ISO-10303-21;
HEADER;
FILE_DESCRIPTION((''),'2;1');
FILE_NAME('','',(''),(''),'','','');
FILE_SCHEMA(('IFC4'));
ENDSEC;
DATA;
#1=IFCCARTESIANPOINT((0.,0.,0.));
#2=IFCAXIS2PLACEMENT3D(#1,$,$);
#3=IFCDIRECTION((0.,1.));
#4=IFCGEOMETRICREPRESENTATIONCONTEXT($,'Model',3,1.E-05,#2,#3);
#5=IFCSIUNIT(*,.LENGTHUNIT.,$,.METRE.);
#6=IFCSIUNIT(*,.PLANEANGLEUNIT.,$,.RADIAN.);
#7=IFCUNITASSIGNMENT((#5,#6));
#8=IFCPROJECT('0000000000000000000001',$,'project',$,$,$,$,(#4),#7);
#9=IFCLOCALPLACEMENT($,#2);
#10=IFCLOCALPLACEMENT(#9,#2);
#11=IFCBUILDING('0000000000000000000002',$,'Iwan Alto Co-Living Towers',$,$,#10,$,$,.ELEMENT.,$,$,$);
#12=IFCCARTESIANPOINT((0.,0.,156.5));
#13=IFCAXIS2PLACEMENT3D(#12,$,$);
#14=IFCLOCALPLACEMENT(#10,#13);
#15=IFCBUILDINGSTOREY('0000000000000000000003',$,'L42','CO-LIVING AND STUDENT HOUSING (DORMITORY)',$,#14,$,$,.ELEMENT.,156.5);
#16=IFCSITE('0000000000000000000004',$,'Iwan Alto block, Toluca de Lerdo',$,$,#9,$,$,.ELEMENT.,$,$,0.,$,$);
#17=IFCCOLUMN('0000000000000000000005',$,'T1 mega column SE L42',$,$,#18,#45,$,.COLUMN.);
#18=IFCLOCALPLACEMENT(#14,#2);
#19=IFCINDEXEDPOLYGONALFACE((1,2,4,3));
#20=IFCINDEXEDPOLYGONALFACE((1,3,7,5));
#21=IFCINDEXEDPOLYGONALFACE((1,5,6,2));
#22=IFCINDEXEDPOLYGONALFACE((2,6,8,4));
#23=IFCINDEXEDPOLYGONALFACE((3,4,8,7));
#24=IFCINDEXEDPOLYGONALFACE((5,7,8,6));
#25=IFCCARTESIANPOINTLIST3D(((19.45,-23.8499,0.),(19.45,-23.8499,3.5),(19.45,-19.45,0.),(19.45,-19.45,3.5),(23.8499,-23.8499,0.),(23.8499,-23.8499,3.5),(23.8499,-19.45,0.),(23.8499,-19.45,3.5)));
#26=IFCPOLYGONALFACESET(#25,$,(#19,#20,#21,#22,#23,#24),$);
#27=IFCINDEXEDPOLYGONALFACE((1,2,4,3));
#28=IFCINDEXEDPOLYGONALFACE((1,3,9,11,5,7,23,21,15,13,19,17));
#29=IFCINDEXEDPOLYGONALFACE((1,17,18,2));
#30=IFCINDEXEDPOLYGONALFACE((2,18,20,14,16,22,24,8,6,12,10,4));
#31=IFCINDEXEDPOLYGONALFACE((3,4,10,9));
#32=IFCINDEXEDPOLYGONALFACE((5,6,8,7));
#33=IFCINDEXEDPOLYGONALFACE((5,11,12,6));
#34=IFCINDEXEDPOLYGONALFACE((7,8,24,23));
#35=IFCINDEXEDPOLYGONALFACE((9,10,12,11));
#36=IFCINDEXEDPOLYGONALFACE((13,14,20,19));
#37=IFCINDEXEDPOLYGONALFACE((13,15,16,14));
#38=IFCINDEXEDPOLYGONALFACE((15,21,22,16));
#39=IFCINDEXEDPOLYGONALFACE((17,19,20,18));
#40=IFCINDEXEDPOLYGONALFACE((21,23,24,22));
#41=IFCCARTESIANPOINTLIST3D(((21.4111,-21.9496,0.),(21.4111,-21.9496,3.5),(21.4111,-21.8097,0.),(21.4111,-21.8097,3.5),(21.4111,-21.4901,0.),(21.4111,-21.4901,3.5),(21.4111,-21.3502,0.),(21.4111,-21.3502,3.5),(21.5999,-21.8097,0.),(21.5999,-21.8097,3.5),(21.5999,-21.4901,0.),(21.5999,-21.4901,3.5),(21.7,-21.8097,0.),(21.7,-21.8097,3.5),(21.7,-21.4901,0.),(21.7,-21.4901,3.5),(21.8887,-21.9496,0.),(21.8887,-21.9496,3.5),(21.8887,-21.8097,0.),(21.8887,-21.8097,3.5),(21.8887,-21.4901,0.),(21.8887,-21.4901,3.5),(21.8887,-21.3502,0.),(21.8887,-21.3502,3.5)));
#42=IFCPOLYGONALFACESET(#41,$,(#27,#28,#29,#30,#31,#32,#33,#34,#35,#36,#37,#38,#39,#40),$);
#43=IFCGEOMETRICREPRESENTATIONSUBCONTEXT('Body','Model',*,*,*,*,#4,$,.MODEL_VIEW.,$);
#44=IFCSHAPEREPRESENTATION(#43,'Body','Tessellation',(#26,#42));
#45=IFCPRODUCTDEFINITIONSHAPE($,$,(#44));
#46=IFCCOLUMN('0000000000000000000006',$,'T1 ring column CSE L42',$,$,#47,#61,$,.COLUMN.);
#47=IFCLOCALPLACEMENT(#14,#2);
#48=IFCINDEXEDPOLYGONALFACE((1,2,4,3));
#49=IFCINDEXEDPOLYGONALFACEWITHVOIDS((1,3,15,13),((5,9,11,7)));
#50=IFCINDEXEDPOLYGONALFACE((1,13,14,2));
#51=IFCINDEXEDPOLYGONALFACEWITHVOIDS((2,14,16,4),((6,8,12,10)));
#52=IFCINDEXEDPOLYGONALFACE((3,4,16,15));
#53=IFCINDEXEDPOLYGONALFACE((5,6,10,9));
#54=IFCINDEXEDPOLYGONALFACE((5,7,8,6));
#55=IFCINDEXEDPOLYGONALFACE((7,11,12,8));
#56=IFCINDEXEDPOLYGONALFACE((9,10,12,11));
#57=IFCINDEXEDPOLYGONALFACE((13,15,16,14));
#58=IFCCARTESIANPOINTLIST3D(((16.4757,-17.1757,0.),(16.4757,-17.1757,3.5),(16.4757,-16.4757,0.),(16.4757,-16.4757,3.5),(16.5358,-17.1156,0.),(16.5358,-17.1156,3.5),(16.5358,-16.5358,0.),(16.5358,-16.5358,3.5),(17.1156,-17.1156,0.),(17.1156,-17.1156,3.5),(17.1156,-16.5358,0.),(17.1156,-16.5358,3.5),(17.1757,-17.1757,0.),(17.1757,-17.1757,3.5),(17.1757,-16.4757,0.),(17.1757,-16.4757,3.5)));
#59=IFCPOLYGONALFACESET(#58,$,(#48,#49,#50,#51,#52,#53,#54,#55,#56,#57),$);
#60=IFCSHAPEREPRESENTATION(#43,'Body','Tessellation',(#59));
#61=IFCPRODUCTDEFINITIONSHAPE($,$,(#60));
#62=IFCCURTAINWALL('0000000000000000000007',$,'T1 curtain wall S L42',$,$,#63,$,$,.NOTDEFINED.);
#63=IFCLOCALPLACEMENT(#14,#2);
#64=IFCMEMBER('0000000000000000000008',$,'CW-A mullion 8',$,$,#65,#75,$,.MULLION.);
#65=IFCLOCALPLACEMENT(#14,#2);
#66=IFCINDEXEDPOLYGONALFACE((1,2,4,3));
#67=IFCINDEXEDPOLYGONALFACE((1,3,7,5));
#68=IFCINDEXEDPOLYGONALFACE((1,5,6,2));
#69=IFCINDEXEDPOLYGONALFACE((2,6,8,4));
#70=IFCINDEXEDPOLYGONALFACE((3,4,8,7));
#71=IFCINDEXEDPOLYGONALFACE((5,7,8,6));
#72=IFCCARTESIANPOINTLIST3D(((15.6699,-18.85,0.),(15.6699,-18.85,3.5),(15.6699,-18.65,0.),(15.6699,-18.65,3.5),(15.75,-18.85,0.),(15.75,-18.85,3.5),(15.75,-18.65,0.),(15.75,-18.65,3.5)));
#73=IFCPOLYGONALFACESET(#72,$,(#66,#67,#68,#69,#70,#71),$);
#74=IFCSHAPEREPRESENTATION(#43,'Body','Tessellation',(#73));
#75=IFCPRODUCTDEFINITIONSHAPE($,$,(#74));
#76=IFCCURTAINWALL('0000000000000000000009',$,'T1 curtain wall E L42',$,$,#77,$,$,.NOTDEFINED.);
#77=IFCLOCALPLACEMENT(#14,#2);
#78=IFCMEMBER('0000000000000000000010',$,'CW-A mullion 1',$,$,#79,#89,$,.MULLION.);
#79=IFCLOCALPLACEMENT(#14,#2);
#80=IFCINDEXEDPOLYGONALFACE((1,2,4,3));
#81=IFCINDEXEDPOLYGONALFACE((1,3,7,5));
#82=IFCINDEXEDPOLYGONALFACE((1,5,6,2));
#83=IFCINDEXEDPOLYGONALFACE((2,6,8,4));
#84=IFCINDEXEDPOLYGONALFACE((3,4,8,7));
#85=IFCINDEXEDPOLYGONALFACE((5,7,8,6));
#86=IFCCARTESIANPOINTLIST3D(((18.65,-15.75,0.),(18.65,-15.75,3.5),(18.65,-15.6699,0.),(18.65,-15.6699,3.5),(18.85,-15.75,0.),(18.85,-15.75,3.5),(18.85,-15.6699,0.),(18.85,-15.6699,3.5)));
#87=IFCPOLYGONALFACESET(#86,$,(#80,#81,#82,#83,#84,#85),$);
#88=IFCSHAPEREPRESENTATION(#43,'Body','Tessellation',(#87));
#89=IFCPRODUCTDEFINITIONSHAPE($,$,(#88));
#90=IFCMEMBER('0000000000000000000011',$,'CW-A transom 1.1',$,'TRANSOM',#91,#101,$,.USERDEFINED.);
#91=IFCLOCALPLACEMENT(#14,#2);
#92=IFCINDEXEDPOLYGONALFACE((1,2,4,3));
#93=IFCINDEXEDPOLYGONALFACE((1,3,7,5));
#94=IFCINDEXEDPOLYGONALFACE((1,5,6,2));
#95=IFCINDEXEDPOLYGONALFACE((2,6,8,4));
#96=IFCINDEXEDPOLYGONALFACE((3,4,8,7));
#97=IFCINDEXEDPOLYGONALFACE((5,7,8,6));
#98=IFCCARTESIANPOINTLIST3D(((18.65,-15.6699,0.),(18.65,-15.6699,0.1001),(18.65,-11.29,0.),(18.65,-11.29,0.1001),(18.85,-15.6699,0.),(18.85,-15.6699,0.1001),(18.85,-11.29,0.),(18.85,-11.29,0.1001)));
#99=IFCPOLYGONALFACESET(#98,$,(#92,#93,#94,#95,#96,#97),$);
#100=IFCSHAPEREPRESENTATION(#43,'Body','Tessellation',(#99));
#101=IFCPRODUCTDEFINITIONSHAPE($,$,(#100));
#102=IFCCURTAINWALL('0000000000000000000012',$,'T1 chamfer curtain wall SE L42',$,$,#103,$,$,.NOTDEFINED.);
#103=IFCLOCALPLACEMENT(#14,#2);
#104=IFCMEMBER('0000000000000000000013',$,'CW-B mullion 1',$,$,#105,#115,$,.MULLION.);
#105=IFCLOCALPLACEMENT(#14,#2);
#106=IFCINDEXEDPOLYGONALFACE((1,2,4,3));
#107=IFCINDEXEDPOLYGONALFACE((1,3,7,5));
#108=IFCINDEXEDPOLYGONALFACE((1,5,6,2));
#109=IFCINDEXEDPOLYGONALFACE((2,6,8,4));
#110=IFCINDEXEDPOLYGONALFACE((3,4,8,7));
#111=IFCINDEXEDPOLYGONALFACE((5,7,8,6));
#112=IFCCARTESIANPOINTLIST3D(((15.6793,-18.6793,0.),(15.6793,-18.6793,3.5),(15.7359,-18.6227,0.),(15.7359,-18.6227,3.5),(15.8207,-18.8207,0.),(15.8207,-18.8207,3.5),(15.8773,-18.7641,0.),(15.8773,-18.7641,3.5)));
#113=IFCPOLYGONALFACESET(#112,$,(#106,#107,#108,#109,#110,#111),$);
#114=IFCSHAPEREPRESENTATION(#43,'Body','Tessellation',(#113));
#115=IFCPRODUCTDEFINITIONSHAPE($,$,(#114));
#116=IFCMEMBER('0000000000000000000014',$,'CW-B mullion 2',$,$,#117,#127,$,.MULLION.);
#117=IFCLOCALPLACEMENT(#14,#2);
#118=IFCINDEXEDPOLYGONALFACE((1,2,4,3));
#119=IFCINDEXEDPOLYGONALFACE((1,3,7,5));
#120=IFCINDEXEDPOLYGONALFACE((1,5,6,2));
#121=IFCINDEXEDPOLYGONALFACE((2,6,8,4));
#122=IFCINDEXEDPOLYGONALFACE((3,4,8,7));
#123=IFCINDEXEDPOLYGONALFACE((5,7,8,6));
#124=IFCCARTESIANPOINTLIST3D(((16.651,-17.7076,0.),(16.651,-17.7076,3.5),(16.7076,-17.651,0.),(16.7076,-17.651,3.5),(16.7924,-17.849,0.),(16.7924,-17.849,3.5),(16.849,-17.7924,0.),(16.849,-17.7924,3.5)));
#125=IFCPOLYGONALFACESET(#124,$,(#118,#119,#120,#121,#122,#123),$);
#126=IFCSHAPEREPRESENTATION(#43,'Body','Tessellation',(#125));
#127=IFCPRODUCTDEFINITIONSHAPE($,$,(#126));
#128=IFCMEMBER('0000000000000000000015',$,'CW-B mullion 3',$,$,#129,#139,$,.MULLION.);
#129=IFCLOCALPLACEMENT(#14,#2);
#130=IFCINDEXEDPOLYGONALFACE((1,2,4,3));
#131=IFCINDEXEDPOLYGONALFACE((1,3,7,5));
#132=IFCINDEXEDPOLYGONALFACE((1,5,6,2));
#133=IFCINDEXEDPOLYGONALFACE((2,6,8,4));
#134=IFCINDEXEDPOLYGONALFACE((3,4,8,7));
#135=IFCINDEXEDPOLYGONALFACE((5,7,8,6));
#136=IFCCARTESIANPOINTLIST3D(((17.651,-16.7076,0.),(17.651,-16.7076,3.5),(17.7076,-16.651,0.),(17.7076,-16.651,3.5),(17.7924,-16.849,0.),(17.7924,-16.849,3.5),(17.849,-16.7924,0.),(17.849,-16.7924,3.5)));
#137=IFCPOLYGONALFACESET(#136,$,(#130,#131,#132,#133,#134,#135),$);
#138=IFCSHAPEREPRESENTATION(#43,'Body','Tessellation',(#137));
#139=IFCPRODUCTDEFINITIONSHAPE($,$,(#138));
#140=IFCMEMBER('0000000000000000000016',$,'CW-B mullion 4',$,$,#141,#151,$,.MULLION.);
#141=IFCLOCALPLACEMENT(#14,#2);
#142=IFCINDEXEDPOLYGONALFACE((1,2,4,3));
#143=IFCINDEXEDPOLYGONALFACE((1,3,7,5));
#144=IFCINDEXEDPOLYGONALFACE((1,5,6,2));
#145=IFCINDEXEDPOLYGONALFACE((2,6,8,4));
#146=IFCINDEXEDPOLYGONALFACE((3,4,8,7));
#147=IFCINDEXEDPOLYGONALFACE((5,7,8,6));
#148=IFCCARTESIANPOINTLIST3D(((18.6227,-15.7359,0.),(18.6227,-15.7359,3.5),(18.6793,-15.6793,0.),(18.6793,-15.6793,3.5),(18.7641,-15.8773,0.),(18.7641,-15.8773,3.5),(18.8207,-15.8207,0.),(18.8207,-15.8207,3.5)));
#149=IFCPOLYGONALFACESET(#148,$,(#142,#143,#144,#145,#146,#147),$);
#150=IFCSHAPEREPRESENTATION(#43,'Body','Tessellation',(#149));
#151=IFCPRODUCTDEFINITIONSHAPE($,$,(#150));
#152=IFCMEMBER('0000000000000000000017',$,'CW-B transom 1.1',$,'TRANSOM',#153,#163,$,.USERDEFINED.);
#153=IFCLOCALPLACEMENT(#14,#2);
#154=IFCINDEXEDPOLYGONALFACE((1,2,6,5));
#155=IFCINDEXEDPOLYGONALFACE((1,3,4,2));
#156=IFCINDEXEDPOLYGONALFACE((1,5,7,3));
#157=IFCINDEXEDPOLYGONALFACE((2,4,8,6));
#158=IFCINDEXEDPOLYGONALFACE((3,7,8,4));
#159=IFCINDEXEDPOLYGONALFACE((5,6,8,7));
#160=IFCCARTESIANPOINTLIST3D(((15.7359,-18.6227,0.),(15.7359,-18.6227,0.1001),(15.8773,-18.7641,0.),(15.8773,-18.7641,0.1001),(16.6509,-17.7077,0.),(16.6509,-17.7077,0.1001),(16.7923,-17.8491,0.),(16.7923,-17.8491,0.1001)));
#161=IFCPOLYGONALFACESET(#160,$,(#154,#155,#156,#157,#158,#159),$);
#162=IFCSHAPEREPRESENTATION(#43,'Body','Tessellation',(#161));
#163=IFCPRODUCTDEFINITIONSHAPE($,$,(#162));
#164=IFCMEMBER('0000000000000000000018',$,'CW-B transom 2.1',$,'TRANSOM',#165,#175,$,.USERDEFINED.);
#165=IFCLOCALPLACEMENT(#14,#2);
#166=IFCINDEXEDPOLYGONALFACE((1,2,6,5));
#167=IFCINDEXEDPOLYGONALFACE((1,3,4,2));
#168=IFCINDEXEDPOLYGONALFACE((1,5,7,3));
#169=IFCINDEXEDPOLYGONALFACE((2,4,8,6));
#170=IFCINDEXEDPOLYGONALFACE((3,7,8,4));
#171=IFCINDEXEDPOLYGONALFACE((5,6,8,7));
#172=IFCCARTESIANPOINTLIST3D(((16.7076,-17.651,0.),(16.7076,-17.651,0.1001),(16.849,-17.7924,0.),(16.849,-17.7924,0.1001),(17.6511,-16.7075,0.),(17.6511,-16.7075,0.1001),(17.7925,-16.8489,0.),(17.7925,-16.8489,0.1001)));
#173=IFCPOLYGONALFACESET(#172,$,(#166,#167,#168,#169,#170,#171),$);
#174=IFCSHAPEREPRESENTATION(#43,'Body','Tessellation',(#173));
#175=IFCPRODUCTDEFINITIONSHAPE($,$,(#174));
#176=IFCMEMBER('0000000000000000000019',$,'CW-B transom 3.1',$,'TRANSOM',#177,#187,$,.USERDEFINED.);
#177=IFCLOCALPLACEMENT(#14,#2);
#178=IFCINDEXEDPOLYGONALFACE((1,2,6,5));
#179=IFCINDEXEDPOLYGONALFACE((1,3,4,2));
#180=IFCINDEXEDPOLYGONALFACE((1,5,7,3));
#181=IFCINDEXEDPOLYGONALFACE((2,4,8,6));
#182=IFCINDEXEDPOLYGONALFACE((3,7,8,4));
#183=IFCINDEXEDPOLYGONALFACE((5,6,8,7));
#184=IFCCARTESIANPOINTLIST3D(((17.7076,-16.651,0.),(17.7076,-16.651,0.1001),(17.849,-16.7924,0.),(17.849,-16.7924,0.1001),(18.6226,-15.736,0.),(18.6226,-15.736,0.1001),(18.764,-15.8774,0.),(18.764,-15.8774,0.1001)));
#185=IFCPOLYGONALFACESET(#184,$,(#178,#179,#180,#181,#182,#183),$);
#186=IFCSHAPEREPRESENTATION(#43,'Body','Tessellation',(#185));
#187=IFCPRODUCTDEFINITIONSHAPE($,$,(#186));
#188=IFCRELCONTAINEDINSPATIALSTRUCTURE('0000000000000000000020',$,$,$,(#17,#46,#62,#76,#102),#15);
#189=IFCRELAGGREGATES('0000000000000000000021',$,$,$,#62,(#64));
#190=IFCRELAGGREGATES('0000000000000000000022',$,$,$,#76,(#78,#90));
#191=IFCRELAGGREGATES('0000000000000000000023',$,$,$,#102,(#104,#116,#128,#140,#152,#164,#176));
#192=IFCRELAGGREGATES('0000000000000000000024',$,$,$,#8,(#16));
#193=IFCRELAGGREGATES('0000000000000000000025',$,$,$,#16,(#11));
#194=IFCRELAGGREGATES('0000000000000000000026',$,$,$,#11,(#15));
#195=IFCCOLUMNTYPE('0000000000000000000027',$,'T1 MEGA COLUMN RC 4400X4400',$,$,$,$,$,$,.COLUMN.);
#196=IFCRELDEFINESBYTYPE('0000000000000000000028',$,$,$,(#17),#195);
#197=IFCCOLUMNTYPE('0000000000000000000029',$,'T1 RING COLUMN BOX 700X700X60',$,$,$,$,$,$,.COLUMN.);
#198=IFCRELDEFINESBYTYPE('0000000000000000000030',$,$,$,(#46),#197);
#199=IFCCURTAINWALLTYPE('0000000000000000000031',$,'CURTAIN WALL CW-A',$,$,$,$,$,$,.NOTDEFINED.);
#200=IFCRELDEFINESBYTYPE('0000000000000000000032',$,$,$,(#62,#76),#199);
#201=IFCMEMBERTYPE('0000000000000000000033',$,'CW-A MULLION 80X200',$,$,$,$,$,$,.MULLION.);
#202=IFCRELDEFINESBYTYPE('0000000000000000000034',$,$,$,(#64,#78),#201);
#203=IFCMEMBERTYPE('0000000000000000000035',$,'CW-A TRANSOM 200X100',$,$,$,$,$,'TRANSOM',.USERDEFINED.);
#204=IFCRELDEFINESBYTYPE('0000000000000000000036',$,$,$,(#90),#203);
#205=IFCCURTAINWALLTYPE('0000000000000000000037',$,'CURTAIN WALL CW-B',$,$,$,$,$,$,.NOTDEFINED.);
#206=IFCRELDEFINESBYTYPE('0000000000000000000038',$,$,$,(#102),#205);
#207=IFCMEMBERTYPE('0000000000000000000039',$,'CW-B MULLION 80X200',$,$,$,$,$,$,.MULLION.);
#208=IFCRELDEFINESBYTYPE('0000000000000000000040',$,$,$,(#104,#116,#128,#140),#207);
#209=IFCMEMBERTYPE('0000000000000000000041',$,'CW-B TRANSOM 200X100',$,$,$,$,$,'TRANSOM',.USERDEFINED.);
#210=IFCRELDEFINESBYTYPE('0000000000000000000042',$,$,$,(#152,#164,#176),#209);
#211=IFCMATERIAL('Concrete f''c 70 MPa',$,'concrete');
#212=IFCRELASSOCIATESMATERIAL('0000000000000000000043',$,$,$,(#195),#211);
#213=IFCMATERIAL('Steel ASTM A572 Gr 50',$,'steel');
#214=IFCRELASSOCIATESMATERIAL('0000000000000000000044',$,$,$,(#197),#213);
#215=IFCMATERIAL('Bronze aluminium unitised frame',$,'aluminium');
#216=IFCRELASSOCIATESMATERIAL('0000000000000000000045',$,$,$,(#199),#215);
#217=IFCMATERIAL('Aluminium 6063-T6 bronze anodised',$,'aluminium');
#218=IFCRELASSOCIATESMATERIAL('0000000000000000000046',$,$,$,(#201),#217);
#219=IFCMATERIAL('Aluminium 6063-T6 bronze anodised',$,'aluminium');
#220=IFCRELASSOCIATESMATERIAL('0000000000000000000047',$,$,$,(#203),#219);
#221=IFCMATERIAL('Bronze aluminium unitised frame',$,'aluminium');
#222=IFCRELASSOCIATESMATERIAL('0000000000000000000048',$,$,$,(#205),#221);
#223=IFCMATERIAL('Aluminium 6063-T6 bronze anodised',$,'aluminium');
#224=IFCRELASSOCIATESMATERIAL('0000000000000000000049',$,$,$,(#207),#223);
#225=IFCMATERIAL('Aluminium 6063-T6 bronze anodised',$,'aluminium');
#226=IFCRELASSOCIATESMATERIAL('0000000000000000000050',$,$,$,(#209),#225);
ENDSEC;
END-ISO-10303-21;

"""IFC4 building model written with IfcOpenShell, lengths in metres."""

from ifc_helpers import new_model, si_unit, direction, frame, origin, origin_2d, place, context, subcontext, project, spatial, rectangle, hollow_rectangle, i_section, extrude, material, material_profile, profile_set, type_object, element, aggregate, save


model = new_model("IFC4")

# Units and contexts
model_context = context("Model", 3, precision=1e-05, world=origin(), true_north=direction((0.0, 1.0)))
body_context = subcontext(model_context, "Body", "Model", "MODEL_VIEW")
ifc_project = project(units=[si_unit("LENGTHUNIT", "METRE"), si_unit("PLANEANGLEUNIT", "RADIAN")], contexts=[model_context])

# Site, building, storey
site_placement = place(None, origin())
site = spatial("IfcSite", under=ifc_project, at=site_placement, Name="Iwan Alto block, Toluca de Lerdo", CompositionType="ELEMENT", RefElevation=0.0)
building_placement = place(site_placement, origin())
building = spatial("IfcBuilding", under=site, at=building_placement, Name="Iwan Alto Co-Living Towers", CompositionType="ELEMENT")
storey_placement = place(building_placement, frame((0.0, 0.0, 156.5)))
storey = spatial("IfcBuildingStorey", under=building, at=storey_placement, Name="L42", Description="CO-LIVING AND STUDENT HOUSING (DORMITORY)", CompositionType="ELEMENT", Elevation=156.5)

# Columns
ifc_material_1 = material(Name="Concrete f'c 70 MPa", Category="concrete")
ifc_material_profile_1 = material_profile(ifc_material_1, rectangle(XDim=4.3999, YDim=4.3999, at=origin_2d()), Name="RC 4400X4400")
ifc_profile_set_1 = profile_set([ifc_material_profile_1], Name="Concrete f'c 70 MPa")
column_type_1 = type_object("IfcColumnType", Name="T1 MEGA COLUMN RC 4400X4400", PredefinedType="COLUMN", material=ifc_profile_set_1)
column_1_placement = place(storey_placement, frame((21.6499, -21.6499, 0.0), z_axis=(0.0, 0.0, 1.0), x_axis=(1.0, 0.0, 0.0)))
element("IfcColumn", 1, at=column_1_placement, inside=storey, type_object=column_type_1, Name="T1 mega column SE L42", PredefinedType="COLUMN", context=body_context, shape_type="SweptSolid", body=[
    extrude(rectangle(XDim=4.3999, YDim=4.3999, at=origin_2d()), origin(), (0.0, 0.0, 1.0), 3.5),
    extrude(i_section(OverallWidth=0.4775, OverallDepth=0.5994, WebThickness=0.1001, FlangeThickness=0.1399, at=origin_2d()), origin(), (0.0, 0.0, 1.0), 3.5),
])
ifc_material_2 = material(Name="Steel ASTM A572 Gr 50", Category="steel")
ifc_material_profile_2 = material_profile(ifc_material_2, hollow_rectangle(XDim=0.7, YDim=0.7, WallThickness=0.0601, at=origin_2d()), Name="BOX 700X700X60")
ifc_profile_set_2 = profile_set([ifc_material_profile_2], Name="Steel ASTM A572 Gr 50")
column_type_2 = type_object("IfcColumnType", Name="T1 RING COLUMN BOX 700X700X60", PredefinedType="COLUMN", material=ifc_profile_set_2)
column_2_placement = place(storey_placement, frame((16.8257, -16.8257, 0.0), z_axis=(0.0, 0.0, 1.0), x_axis=(1.0, 0.0, 0.0)))
element("IfcColumn", 2, at=column_2_placement, inside=storey, type_object=column_type_2, Name="T1 ring column CSE L42", PredefinedType="COLUMN", context=body_context, shape_type="SweptSolid", body=[
    extrude(hollow_rectangle(XDim=0.7, YDim=0.7, WallThickness=0.0601, at=origin_2d()), origin(), (0.0, 0.0, 1.0), 3.5),
])

# Curtain wall, member
ifc_material_3 = material(Name="Bronze aluminium unitised frame", Category="aluminium")
curtain_wall_type_1 = type_object("IfcCurtainWallType", Name="CURTAIN WALL CW-A", PredefinedType="NOTDEFINED", material=ifc_material_3)
curtain_wall_1_placement = place(storey_placement, origin())
curtain_wall_1 = element("IfcCurtainWall", 3, at=curtain_wall_1_placement, inside=storey, type_object=curtain_wall_type_1, Name="T1 curtain wall S L42", PredefinedType="NOTDEFINED")
ifc_material_4 = material(Name="Aluminium 6063-T6 bronze anodised", Category="aluminium")
ifc_material_profile_3 = material_profile(ifc_material_4, rectangle(XDim=0.2, YDim=0.0801, at=origin_2d()), Name="AL 80X200")
ifc_profile_set_3 = profile_set([ifc_material_profile_3], Name="Aluminium 6063-T6 bronze anodised")
member_type_1 = type_object("IfcMemberType", Name="CW-A MULLION 80X200", PredefinedType="MULLION", material=ifc_profile_set_3)
member_1_placement = place(storey_placement, frame((15.71, -18.75, 0.0), z_axis=(0.0, 0.0, 1.0), x_axis=(0.0, 1.0, 0.0)))
member_1 = element("IfcMember", 4, at=member_1_placement, type_object=member_type_1, Name="CW-A mullion 8", PredefinedType="MULLION", context=body_context, shape_type="SweptSolid", body=[
    extrude(rectangle(XDim=0.2, YDim=0.0801, at=origin_2d()), origin(), (0.0, 0.0, 1.0), 3.5),
])

# Curtain walls, members
curtain_wall_2_placement = place(storey_placement, origin())
curtain_wall_2 = element("IfcCurtainWall", 5, at=curtain_wall_2_placement, inside=storey, type_object=curtain_wall_type_1, Name="T1 curtain wall E L42", PredefinedType="NOTDEFINED")
member_2_placement = place(storey_placement, frame((18.75, -15.71, 0.0), z_axis=(0.0, 0.0, 1.0), x_axis=(-1.0, 0.0, 0.0)))
member_2 = element("IfcMember", 6, at=member_2_placement, type_object=member_type_1, Name="CW-A mullion 1", PredefinedType="MULLION", context=body_context, shape_type="SweptSolid", body=[
    extrude(rectangle(XDim=0.2, YDim=0.0801, at=origin_2d()), origin(), (0.0, 0.0, 1.0), 3.5),
])
ifc_material_5 = material(Name="Aluminium 6063-T6 bronze anodised", Category="aluminium")
ifc_material_profile_4 = material_profile(ifc_material_5, rectangle(XDim=0.2, YDim=0.1001, at=origin_2d()), Name="AL 200X100")
ifc_profile_set_4 = profile_set([ifc_material_profile_4], Name="Aluminium 6063-T6 bronze anodised")
member_type_2 = type_object("IfcMemberType", Name="CW-A TRANSOM 200X100", ElementType="TRANSOM", PredefinedType="USERDEFINED", material=ifc_profile_set_4)
member_3_placement = place(storey_placement, frame((18.75, -15.6699, 0.05), z_axis=(0.0, 1.0, 0.0), x_axis=(-1.0, 0.0, 0.0)))
member_3 = element("IfcMember", 7, at=member_3_placement, type_object=member_type_2, Name="CW-A transom 1.1", ObjectType="TRANSOM", PredefinedType="USERDEFINED", context=body_context, shape_type="SweptSolid", body=[
    extrude(rectangle(XDim=0.2, YDim=0.1001, at=origin_2d()), origin(), (0.0, 0.0, 1.0), 4.3799),
])
ifc_material_6 = material(Name="Bronze aluminium unitised frame", Category="aluminium")
curtain_wall_type_2 = type_object("IfcCurtainWallType", Name="CURTAIN WALL CW-B", PredefinedType="NOTDEFINED", material=ifc_material_6)
curtain_wall_3_placement = place(storey_placement, origin())
curtain_wall_3 = element("IfcCurtainWall", 8, at=curtain_wall_3_placement, inside=storey, type_object=curtain_wall_type_2, Name="T1 chamfer curtain wall SE L42", PredefinedType="NOTDEFINED")
ifc_material_7 = material(Name="Aluminium 6063-T6 bronze anodised", Category="aluminium")
ifc_material_profile_5 = material_profile(ifc_material_7, rectangle(XDim=0.2, YDim=0.0801, at=origin_2d()), Name="AL 80X200")
ifc_profile_set_5 = profile_set([ifc_material_profile_5], Name="Aluminium 6063-T6 bronze anodised")
member_type_3 = type_object("IfcMemberType", Name="CW-B MULLION 80X200", PredefinedType="MULLION", material=ifc_profile_set_5)
member_4_placement = place(storey_placement, frame((15.7783, -18.7217, 0.0), z_axis=(0.0, 0.0, 1.0), x_axis=(-0.707107, 0.707107, 0.0)))
member_4 = element("IfcMember", 9, at=member_4_placement, type_object=member_type_3, Name="CW-B mullion 1", PredefinedType="MULLION", context=body_context, shape_type="SweptSolid", body=[
    extrude(rectangle(XDim=0.2, YDim=0.0801, at=origin_2d()), origin(), (0.0, 0.0, 1.0), 3.5),
])
member_5_placement = place(storey_placement, frame((16.75, -17.75, 0.0), z_axis=(0.0, 0.0, 1.0), x_axis=(-0.707107, 0.707107, 0.0)))
member_5 = element("IfcMember", 10, at=member_5_placement, type_object=member_type_3, Name="CW-B mullion 2", PredefinedType="MULLION", context=body_context, shape_type="SweptSolid", body=[
    extrude(rectangle(XDim=0.2, YDim=0.0801, at=origin_2d()), origin(), (0.0, 0.0, 1.0), 3.5),
])
member_6_placement = place(storey_placement, frame((17.75, -16.75, 0.0), z_axis=(0.0, 0.0, 1.0), x_axis=(-0.707107, 0.707107, 0.0)))
member_6 = element("IfcMember", 11, at=member_6_placement, type_object=member_type_3, Name="CW-B mullion 3", PredefinedType="MULLION", context=body_context, shape_type="SweptSolid", body=[
    extrude(rectangle(XDim=0.2, YDim=0.0801, at=origin_2d()), origin(), (0.0, 0.0, 1.0), 3.5),
])
member_7_placement = place(storey_placement, frame((18.7217, -15.7783, 0.0), z_axis=(0.0, 0.0, 1.0), x_axis=(-0.707107, 0.707107, 0.0)))
member_7 = element("IfcMember", 12, at=member_7_placement, type_object=member_type_3, Name="CW-B mullion 4", PredefinedType="MULLION", context=body_context, shape_type="SweptSolid", body=[
    extrude(rectangle(XDim=0.2, YDim=0.0801, at=origin_2d()), origin(), (0.0, 0.0, 1.0), 3.5),
])
ifc_material_8 = material(Name="Aluminium 6063-T6 bronze anodised", Category="aluminium")
ifc_material_profile_6 = material_profile(ifc_material_8, rectangle(XDim=0.2, YDim=0.1001, at=origin_2d()), Name="AL 200X100")
ifc_profile_set_6 = profile_set([ifc_material_profile_6], Name="Aluminium 6063-T6 bronze anodised")
member_type_4 = type_object("IfcMemberType", Name="CW-B TRANSOM 200X100", ElementType="TRANSOM", PredefinedType="USERDEFINED", material=ifc_profile_set_6)
member_8_placement = place(storey_placement, frame((15.8066, -18.6934, 0.05), z_axis=(0.707107, 0.707107, 0.0), x_axis=(-0.707107, 0.707107, 0.0)))
member_8 = element("IfcMember", 13, at=member_8_placement, type_object=member_type_4, Name="CW-B transom 1.1", ObjectType="TRANSOM", PredefinedType="USERDEFINED", context=body_context, shape_type="SweptSolid", body=[
    extrude(rectangle(XDim=0.2, YDim=0.1001, at=origin_2d()), origin(), (0.0, 0.0, 1.0), 1.2939),
])
member_9_placement = place(storey_placement, frame((16.7783, -17.7217, 0.05), z_axis=(0.707107, 0.707107, 0.0), x_axis=(-0.707107, 0.707107, 0.0)))
member_9 = element("IfcMember", 14, at=member_9_placement, type_object=member_type_4, Name="CW-B transom 2.1", ObjectType="TRANSOM", PredefinedType="USERDEFINED", context=body_context, shape_type="SweptSolid", body=[
    extrude(rectangle(XDim=0.2, YDim=0.1001, at=origin_2d()), origin(), (0.0, 0.0, 1.0), 1.3342),
])
member_10_placement = place(storey_placement, frame((17.7783, -16.7217, 0.05), z_axis=(0.707107, 0.707107, 0.0), x_axis=(-0.707107, 0.707107, 0.0)))
member_10 = element("IfcMember", 15, at=member_10_placement, type_object=member_type_4, Name="CW-B transom 3.1", ObjectType="TRANSOM", PredefinedType="USERDEFINED", context=body_context, shape_type="SweptSolid", body=[
    extrude(rectangle(XDim=0.2, YDim=0.1001, at=origin_2d()), origin(), (0.0, 0.0, 1.0), 1.2939),
])

aggregate(curtain_wall_1, [member_1])
aggregate(curtain_wall_2, [member_2, member_3])
aggregate(curtain_wall_3, [member_4, member_5, member_6, member_7, member_8, member_9, member_10])

save(model, "model.ifc")
